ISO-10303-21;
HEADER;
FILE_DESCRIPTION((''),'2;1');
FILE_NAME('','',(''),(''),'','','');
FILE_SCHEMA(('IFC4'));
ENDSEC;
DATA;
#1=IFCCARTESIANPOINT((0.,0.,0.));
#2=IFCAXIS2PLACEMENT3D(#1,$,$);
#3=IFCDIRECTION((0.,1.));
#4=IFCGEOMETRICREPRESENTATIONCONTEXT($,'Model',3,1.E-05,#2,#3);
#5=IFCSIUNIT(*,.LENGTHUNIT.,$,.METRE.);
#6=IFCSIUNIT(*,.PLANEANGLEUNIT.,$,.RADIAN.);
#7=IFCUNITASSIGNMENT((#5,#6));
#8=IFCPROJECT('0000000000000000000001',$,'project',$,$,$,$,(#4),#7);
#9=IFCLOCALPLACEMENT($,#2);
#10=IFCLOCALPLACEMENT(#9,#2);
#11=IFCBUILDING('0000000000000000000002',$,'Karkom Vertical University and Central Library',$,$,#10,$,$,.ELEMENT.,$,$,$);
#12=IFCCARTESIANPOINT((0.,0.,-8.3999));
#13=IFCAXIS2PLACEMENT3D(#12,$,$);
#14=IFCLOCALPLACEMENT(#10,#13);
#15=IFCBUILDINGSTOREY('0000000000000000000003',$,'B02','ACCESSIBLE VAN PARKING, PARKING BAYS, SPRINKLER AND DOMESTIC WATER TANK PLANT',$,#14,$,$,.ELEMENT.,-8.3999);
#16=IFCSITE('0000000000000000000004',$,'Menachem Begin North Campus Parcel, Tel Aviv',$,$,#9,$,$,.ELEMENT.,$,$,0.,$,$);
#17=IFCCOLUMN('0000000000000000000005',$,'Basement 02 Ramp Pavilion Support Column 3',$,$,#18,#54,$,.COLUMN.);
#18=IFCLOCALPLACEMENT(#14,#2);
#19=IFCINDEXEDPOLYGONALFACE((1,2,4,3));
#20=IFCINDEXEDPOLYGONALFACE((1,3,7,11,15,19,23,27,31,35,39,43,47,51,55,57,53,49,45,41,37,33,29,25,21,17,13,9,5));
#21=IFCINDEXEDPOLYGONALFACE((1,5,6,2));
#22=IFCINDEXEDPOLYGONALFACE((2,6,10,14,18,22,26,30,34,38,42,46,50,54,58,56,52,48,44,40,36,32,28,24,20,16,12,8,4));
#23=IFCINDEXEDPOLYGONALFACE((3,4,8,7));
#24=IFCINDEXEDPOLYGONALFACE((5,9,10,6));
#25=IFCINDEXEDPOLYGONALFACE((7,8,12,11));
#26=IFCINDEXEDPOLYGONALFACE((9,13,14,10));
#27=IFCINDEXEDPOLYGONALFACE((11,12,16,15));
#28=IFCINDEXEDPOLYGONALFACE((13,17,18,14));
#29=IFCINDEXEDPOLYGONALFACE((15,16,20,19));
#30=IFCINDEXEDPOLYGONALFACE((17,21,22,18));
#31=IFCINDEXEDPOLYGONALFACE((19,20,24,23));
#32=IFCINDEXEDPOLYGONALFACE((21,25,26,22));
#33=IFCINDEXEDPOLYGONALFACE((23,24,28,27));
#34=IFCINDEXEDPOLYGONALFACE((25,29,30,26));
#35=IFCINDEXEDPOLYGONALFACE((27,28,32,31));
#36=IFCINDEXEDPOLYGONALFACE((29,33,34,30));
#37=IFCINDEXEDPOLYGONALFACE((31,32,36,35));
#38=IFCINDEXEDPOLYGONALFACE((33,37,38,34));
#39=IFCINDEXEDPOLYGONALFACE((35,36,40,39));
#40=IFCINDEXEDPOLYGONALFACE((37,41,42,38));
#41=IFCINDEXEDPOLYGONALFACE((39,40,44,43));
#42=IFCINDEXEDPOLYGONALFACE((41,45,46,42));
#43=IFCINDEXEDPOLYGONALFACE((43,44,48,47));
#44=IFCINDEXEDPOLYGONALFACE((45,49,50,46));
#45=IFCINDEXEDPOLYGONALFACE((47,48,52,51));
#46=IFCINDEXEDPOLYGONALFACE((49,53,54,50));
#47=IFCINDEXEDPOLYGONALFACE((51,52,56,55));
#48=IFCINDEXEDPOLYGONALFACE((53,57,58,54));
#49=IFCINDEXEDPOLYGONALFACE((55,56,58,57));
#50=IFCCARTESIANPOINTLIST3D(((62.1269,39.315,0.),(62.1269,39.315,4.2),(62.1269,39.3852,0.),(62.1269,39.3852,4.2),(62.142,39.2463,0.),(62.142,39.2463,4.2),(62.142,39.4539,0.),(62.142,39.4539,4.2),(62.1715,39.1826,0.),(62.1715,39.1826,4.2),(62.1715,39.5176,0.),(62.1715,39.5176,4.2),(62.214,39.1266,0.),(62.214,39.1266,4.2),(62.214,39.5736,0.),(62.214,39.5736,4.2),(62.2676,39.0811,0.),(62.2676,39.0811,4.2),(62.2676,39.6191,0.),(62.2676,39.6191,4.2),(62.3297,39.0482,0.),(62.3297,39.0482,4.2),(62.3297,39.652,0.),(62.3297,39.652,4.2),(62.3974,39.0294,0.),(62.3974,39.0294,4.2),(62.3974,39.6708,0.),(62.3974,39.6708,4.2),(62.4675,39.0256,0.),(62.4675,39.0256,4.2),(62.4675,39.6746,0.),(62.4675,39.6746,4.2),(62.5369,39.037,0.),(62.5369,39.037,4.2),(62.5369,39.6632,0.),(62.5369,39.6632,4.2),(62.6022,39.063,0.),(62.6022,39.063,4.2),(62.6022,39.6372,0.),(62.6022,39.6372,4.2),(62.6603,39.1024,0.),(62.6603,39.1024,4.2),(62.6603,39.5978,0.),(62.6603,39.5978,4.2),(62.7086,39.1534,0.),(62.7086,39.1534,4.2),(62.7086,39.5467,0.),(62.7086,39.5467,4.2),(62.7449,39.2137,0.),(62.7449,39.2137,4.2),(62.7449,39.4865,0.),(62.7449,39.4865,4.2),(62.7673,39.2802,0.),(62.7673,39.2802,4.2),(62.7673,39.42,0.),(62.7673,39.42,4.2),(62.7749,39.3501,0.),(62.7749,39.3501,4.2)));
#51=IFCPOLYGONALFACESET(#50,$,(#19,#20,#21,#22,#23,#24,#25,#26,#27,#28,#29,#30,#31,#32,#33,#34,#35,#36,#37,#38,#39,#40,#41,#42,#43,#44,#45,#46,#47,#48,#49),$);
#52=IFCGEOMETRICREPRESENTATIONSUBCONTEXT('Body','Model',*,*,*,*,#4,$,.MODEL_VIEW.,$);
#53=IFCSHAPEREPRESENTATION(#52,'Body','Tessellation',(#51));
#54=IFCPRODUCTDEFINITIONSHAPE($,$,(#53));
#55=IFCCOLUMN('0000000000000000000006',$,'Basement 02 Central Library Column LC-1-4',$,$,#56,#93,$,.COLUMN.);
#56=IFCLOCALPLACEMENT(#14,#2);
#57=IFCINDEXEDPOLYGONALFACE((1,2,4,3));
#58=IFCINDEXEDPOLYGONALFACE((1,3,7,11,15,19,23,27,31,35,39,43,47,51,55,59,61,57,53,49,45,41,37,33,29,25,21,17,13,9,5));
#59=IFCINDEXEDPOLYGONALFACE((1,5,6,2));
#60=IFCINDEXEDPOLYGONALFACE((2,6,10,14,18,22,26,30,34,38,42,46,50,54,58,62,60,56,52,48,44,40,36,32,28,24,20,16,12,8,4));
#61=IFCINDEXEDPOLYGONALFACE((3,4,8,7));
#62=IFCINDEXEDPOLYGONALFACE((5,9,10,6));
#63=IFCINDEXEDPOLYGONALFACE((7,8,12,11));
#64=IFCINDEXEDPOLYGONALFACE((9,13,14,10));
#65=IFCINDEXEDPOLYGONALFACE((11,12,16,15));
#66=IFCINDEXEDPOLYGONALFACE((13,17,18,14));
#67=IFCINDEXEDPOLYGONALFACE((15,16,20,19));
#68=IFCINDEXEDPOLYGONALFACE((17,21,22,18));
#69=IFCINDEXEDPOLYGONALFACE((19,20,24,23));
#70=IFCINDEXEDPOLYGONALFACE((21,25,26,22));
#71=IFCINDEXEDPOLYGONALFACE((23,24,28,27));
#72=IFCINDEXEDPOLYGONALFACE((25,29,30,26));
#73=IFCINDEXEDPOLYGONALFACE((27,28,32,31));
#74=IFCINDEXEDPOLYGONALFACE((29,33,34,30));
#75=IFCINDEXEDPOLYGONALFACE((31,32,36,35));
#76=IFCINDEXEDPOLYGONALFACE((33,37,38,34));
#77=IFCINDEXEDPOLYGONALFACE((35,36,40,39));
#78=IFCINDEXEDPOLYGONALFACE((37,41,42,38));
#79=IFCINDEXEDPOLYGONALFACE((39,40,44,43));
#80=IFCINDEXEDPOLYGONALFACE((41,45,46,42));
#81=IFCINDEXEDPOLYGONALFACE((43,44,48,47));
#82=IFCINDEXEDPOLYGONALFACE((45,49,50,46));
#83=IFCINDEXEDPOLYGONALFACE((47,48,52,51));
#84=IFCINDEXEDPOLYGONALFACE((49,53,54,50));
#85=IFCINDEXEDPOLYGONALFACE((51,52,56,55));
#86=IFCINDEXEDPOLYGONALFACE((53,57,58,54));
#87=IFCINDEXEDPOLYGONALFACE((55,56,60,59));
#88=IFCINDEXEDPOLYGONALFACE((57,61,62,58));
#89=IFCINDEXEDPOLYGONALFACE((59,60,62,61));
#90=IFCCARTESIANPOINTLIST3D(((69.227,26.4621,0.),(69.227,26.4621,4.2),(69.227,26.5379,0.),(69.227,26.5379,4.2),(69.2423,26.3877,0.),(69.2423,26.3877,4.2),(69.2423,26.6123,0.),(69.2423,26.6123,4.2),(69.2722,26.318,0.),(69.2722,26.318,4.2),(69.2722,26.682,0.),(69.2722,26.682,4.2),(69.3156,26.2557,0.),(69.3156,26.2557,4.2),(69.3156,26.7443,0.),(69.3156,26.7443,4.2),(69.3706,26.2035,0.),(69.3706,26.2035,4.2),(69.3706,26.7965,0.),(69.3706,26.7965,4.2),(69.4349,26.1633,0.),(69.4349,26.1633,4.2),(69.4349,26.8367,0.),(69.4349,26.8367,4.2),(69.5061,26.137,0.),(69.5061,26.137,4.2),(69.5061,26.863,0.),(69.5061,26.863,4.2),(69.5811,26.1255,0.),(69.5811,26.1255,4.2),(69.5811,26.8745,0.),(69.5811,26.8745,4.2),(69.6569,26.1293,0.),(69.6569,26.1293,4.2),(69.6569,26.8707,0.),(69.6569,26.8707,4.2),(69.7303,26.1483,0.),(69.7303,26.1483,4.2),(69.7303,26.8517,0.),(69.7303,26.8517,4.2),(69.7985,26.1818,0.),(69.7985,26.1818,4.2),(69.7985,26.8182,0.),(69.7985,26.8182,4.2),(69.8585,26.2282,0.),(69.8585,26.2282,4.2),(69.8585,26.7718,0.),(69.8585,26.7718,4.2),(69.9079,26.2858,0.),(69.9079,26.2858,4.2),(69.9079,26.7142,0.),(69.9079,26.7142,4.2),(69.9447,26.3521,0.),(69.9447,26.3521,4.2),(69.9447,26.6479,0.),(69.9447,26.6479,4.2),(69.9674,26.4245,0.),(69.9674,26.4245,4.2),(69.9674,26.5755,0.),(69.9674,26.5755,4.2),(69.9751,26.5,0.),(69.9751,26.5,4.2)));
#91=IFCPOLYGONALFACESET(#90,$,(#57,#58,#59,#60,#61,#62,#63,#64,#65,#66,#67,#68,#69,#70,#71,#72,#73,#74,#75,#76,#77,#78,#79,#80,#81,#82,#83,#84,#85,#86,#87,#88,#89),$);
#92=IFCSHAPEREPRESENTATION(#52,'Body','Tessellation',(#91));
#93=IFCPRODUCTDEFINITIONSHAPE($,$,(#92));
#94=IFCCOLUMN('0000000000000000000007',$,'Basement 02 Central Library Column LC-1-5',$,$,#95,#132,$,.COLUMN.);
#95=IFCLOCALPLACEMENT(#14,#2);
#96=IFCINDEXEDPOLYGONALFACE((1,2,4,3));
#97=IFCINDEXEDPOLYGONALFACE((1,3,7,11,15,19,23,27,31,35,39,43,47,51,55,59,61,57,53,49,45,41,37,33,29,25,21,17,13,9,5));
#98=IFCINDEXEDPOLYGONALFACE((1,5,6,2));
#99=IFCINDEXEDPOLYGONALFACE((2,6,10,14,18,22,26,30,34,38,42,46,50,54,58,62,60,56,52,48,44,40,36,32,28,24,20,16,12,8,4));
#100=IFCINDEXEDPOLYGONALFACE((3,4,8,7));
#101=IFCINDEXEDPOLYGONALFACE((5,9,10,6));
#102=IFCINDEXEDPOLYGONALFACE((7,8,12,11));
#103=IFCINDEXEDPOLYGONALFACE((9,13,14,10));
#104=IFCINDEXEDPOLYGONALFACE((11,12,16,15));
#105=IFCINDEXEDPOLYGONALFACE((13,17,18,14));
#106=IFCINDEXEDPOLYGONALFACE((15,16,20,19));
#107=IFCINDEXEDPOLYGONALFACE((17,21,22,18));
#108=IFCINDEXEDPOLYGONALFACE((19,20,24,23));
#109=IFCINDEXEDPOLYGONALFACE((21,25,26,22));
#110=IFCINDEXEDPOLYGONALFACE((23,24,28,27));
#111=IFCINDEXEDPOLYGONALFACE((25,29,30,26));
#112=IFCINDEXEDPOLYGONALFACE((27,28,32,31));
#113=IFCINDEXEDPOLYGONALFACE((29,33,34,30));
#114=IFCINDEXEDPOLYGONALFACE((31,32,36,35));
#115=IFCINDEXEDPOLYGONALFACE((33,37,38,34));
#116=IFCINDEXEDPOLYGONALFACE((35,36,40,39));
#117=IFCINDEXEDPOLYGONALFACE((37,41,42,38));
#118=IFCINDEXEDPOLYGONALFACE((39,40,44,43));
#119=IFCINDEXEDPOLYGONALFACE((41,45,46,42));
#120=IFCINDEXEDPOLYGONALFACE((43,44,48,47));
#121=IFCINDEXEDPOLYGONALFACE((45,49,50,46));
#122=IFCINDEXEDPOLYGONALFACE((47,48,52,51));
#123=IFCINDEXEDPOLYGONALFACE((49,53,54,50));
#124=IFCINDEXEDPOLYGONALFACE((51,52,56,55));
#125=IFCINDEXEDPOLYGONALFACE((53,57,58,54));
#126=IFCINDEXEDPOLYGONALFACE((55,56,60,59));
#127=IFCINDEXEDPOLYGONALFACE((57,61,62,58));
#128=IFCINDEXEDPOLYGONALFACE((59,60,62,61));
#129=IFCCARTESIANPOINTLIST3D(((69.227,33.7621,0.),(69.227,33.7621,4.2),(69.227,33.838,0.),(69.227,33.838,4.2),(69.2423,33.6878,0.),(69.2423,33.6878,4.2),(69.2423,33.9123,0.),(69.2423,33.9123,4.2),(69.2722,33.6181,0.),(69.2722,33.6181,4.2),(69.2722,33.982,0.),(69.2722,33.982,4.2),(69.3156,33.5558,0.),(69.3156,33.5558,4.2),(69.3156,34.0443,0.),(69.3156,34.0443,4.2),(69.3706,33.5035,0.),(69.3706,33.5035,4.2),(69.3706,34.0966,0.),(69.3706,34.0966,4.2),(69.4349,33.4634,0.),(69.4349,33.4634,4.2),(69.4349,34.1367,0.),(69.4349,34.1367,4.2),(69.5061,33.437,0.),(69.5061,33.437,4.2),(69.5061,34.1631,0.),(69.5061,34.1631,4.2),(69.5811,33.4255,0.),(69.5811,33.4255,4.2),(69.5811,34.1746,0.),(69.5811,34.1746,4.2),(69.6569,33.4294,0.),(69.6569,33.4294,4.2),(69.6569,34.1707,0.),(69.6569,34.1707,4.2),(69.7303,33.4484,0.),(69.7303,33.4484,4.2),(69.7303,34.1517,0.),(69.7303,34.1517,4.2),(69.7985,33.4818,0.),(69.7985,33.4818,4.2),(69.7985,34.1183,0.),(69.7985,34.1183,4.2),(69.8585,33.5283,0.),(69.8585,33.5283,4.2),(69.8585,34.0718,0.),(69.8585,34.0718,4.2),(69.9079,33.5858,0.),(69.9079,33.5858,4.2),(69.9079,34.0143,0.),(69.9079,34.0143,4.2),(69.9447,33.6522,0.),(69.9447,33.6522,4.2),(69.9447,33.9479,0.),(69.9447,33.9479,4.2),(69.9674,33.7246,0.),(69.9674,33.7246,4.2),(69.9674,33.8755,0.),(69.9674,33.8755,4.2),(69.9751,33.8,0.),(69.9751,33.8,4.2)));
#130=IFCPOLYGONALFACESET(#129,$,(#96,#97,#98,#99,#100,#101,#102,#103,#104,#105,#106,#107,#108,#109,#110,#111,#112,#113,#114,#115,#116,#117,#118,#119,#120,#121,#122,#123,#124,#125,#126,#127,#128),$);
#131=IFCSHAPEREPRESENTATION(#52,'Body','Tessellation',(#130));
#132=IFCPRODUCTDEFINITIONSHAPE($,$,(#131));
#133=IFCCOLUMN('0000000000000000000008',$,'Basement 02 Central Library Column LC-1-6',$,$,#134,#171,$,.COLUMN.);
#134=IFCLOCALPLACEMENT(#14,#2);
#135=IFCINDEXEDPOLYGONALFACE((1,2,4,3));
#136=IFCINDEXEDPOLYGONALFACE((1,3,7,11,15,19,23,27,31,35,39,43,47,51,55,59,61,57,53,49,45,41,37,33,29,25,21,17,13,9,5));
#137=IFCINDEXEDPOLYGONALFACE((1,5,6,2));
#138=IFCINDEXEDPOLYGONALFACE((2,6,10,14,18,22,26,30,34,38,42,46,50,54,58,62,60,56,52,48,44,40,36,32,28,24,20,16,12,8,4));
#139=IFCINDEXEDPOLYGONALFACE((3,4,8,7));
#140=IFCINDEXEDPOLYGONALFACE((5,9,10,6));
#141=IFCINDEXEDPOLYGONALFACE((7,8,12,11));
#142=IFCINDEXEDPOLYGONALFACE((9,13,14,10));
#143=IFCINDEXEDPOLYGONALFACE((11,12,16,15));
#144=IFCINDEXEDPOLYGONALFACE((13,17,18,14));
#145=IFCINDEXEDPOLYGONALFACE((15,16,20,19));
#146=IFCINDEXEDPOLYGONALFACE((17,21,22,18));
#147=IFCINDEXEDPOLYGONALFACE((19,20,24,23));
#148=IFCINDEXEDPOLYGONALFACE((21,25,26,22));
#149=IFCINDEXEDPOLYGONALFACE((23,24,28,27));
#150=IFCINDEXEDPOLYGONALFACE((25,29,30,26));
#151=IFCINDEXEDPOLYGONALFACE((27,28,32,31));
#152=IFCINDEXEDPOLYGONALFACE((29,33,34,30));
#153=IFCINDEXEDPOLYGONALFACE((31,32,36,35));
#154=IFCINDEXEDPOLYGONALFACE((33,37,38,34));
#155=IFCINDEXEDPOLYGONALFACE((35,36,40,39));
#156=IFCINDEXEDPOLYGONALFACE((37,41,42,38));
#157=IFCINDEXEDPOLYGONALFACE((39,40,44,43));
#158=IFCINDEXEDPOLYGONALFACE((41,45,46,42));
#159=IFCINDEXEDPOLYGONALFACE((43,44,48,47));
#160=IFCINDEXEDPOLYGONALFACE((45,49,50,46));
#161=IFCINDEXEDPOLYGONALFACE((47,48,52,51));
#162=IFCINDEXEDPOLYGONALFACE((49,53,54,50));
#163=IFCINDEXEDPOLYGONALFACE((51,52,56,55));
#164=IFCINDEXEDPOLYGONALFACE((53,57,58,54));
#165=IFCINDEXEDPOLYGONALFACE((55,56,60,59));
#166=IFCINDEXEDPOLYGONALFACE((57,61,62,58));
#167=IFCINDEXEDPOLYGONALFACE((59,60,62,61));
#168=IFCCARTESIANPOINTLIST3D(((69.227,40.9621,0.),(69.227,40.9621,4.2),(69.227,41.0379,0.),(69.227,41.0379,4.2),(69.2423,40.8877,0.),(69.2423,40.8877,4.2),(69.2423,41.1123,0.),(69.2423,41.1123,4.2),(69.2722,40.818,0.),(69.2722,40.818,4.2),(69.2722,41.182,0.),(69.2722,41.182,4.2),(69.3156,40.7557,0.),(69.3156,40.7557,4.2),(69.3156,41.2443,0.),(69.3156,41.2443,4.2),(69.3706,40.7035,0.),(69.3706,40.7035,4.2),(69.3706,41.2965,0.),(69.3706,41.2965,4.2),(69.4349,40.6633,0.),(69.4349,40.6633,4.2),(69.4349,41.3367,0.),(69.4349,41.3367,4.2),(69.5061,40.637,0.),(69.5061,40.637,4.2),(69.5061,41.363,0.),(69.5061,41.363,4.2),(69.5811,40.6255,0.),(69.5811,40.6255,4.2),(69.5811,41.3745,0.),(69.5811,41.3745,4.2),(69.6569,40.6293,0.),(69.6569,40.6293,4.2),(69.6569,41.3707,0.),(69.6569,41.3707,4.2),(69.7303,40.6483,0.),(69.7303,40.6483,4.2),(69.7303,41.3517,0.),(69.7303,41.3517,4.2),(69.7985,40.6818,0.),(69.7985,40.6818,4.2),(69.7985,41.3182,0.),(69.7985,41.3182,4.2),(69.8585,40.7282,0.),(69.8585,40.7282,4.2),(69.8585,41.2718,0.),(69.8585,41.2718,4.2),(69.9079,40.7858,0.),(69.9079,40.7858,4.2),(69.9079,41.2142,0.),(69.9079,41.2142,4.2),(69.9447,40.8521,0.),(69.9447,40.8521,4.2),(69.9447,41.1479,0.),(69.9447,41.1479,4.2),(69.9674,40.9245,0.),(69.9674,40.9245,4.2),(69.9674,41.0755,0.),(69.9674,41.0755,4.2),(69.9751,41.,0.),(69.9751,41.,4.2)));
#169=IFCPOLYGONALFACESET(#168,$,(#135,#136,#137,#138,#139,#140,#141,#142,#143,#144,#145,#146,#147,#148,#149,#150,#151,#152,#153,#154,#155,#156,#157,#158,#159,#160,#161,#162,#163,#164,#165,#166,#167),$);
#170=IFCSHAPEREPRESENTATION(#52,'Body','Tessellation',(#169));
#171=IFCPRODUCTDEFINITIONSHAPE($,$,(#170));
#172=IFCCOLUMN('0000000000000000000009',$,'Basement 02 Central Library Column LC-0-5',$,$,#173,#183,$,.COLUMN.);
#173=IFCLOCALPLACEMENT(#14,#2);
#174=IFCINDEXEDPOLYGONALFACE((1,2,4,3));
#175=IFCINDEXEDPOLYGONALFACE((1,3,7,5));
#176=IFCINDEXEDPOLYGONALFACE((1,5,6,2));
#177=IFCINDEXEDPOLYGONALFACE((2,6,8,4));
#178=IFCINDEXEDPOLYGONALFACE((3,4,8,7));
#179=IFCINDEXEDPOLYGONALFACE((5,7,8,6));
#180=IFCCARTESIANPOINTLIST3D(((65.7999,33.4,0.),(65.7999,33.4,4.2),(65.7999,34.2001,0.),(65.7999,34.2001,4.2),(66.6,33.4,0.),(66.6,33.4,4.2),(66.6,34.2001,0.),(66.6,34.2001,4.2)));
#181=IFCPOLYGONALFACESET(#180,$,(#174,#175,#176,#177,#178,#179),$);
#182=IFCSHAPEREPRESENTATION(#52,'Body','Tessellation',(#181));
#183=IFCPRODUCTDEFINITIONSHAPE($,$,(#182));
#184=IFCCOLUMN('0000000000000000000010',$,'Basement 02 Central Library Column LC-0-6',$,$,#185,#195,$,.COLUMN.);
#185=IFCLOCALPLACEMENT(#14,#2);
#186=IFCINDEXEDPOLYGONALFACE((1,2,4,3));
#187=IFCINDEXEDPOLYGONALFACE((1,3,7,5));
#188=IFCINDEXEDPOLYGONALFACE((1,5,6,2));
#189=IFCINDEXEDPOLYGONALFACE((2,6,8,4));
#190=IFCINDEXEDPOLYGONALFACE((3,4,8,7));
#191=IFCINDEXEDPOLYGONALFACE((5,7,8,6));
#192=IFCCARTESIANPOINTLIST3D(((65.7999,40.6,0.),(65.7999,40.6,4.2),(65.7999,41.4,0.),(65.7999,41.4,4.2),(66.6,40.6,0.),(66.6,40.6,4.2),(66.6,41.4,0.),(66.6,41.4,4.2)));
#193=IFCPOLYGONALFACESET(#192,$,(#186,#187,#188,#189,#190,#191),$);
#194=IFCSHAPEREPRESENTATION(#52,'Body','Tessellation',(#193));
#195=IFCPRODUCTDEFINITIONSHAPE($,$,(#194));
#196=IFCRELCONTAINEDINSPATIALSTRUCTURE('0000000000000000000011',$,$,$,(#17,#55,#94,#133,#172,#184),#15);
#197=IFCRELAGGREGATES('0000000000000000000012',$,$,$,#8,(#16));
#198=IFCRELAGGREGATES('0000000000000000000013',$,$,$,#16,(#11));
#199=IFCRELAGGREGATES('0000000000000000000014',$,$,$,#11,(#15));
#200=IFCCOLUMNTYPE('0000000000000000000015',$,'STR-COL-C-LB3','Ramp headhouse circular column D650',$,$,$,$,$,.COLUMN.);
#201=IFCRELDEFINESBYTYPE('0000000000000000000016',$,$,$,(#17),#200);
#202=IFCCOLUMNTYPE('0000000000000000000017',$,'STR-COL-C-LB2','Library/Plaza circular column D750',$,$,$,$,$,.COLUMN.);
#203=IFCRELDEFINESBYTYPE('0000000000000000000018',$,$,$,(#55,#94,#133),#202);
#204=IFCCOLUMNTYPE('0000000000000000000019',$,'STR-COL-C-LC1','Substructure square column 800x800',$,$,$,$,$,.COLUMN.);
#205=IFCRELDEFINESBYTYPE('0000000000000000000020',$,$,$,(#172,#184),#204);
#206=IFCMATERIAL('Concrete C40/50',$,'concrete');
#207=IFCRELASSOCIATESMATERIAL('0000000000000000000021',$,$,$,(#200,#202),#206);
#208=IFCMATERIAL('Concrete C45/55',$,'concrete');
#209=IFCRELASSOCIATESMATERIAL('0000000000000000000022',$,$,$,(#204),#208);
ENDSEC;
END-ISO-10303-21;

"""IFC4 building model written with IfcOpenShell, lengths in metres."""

from ifc_helpers import new_model, si_unit, direction, frame, origin, origin_with_axes, origin_2d, place, context, subcontext, project, spatial, rectangle, circle, extrude, source, transform, mapped, material, material_profile, profile_set, type_object, element, save


model = new_model("IFC4")

# Units and contexts
model_context = context("Model", 3, precision=1e-05, world=origin(), true_north=direction((0.0, 1.0)))
body_context = subcontext(model_context, "Body", "Model", "MODEL_VIEW")
ifc_project = project(units=[si_unit("LENGTHUNIT", "METRE"), si_unit("PLANEANGLEUNIT", "RADIAN")], contexts=[model_context])

# Site, building, storey
site_placement = place(None, origin())
site = spatial("IfcSite", under=ifc_project, at=site_placement, Name="Menachem Begin North Campus Parcel, Tel Aviv", CompositionType="ELEMENT", RefElevation=0.0)
building_placement = place(site_placement, origin())
building = spatial("IfcBuilding", under=site, at=building_placement, Name="Karkom Vertical University and Central Library", CompositionType="ELEMENT")
storey_placement = place(building_placement, frame((0.0, 0.0, -8.3999)))
storey = spatial("IfcBuildingStorey", under=building, at=storey_placement, Name="B02", Description="ACCESSIBLE VAN PARKING, PARKING BAYS, SPRINKLER AND DOMESTIC WATER TANK PLANT", CompositionType="ELEMENT", Elevation=-8.3999)

# Shared definitions
ifc_material_1 = material(Name="Concrete C40/50", Category="concrete")

# Shared definitions
ifc_material_2 = material(Name="Concrete C45/55", Category="concrete")

# Columns
ifc_material_profile_1 = material_profile(ifc_material_1, circle(Radius=0.325, at=origin_2d()), Name="RC-D650")
ifc_profile_set_1 = profile_set([ifc_material_profile_1], Name="Concrete C40/50")
column_type_1 = type_object("IfcColumnType", Name="STR-COL-C-LB3", Description="Ramp headhouse circular column D650", PredefinedType="COLUMN", material=ifc_profile_set_1)
shared_shape_1 = source(origin_with_axes(), body_context, "Body", "SweptSolid", [
    extrude(circle(Radius=0.325, at=origin_2d()), origin(), (0.0, 0.0, 1.0), 4.2),
])
column_1_placement = place(storey_placement, frame((62.45, 39.3501, 0.0), z_axis=(0.0, 0.0, 1.0), x_axis=(1.0, 0.0, 0.0)))
element("IfcColumn", 1, at=column_1_placement, inside=storey, type_object=column_type_1, Name="Basement 02 Ramp Pavilion Support Column 3", PredefinedType="COLUMN", context=body_context, shape_type="MappedRepresentation", body=[
    mapped(shared_shape_1, transform((0.0, 0.0, 0.0), scale=1.0)),
])
ifc_material_profile_2 = material_profile(ifc_material_1, circle(Radius=0.375, at=origin_2d()), Name="RC-D750")
ifc_profile_set_2 = profile_set([ifc_material_profile_2], Name="Concrete C40/50")
column_type_2 = type_object("IfcColumnType", Name="STR-COL-C-LB2", Description="Library/Plaza circular column D750", PredefinedType="COLUMN", material=ifc_profile_set_2)
shared_shape_2 = source(origin_with_axes(), body_context, "Body", "SweptSolid", [
    extrude(circle(Radius=0.375, at=origin_2d()), origin(), (0.0, 0.0, 1.0), 4.2),
])
for number, where, z_axis, x_axis, name in (
    (2, (69.6001, 26.5, 0.0), (0.0, 0.0, 1.0), (1.0, 0.0, 0.0), "Basement 02 Central Library Column LC-1-4"),
    (3, (69.6001, 33.8, 0.0), (0.0, 0.0, 1.0), (1.0, 0.0, 0.0), "Basement 02 Central Library Column LC-1-5"),
    (4, (69.6001, 41.0, 0.0), (0.0, 0.0, 1.0), (1.0, 0.0, 0.0), "Basement 02 Central Library Column LC-1-6"),
):
    element("IfcColumn", number, at=place(storey_placement, frame(where, z_axis=z_axis, x_axis=x_axis)), inside=storey, type_object=column_type_2, Name=name, PredefinedType="COLUMN", context=body_context, shape_type="MappedRepresentation", body=[
        mapped(shared_shape_2, transform((0.0, 0.0, 0.0), scale=1.0)),
    ])
ifc_material_profile_3 = material_profile(ifc_material_2, rectangle(XDim=0.8, YDim=0.8, at=origin_2d()), Name="RC-800x800")
ifc_profile_set_3 = profile_set([ifc_material_profile_3], Name="Concrete C45/55")
column_type_3 = type_object("IfcColumnType", Name="STR-COL-C-LC1", Description="Substructure square column 800x800", PredefinedType="COLUMN", material=ifc_profile_set_3)
shared_shape_3 = source(origin_with_axes(), body_context, "Body", "SweptSolid", [
    extrude(rectangle(XDim=0.8, YDim=0.8, at=origin_2d()), origin(), (0.0, 0.0, 1.0), 4.2),
])
for number, where, z_axis, x_axis, name in (
    (5, (66.2, 33.8, 0.0), (0.0, 0.0, 1.0), (1.0, 0.0, 0.0), "Basement 02 Central Library Column LC-0-5"),
    (6, (66.2, 41.0, 0.0), (0.0, 0.0, 1.0), (1.0, 0.0, 0.0), "Basement 02 Central Library Column LC-0-6"),
):
    element("IfcColumn", number, at=place(storey_placement, frame(where, z_axis=z_axis, x_axis=x_axis)), inside=storey, type_object=column_type_3, Name=name, PredefinedType="COLUMN", context=body_context, shape_type="MappedRepresentation", body=[
        mapped(shared_shape_3, transform((0.0, 0.0, 0.0), scale=1.0)),
    ])

save(model, "model.ifc")
